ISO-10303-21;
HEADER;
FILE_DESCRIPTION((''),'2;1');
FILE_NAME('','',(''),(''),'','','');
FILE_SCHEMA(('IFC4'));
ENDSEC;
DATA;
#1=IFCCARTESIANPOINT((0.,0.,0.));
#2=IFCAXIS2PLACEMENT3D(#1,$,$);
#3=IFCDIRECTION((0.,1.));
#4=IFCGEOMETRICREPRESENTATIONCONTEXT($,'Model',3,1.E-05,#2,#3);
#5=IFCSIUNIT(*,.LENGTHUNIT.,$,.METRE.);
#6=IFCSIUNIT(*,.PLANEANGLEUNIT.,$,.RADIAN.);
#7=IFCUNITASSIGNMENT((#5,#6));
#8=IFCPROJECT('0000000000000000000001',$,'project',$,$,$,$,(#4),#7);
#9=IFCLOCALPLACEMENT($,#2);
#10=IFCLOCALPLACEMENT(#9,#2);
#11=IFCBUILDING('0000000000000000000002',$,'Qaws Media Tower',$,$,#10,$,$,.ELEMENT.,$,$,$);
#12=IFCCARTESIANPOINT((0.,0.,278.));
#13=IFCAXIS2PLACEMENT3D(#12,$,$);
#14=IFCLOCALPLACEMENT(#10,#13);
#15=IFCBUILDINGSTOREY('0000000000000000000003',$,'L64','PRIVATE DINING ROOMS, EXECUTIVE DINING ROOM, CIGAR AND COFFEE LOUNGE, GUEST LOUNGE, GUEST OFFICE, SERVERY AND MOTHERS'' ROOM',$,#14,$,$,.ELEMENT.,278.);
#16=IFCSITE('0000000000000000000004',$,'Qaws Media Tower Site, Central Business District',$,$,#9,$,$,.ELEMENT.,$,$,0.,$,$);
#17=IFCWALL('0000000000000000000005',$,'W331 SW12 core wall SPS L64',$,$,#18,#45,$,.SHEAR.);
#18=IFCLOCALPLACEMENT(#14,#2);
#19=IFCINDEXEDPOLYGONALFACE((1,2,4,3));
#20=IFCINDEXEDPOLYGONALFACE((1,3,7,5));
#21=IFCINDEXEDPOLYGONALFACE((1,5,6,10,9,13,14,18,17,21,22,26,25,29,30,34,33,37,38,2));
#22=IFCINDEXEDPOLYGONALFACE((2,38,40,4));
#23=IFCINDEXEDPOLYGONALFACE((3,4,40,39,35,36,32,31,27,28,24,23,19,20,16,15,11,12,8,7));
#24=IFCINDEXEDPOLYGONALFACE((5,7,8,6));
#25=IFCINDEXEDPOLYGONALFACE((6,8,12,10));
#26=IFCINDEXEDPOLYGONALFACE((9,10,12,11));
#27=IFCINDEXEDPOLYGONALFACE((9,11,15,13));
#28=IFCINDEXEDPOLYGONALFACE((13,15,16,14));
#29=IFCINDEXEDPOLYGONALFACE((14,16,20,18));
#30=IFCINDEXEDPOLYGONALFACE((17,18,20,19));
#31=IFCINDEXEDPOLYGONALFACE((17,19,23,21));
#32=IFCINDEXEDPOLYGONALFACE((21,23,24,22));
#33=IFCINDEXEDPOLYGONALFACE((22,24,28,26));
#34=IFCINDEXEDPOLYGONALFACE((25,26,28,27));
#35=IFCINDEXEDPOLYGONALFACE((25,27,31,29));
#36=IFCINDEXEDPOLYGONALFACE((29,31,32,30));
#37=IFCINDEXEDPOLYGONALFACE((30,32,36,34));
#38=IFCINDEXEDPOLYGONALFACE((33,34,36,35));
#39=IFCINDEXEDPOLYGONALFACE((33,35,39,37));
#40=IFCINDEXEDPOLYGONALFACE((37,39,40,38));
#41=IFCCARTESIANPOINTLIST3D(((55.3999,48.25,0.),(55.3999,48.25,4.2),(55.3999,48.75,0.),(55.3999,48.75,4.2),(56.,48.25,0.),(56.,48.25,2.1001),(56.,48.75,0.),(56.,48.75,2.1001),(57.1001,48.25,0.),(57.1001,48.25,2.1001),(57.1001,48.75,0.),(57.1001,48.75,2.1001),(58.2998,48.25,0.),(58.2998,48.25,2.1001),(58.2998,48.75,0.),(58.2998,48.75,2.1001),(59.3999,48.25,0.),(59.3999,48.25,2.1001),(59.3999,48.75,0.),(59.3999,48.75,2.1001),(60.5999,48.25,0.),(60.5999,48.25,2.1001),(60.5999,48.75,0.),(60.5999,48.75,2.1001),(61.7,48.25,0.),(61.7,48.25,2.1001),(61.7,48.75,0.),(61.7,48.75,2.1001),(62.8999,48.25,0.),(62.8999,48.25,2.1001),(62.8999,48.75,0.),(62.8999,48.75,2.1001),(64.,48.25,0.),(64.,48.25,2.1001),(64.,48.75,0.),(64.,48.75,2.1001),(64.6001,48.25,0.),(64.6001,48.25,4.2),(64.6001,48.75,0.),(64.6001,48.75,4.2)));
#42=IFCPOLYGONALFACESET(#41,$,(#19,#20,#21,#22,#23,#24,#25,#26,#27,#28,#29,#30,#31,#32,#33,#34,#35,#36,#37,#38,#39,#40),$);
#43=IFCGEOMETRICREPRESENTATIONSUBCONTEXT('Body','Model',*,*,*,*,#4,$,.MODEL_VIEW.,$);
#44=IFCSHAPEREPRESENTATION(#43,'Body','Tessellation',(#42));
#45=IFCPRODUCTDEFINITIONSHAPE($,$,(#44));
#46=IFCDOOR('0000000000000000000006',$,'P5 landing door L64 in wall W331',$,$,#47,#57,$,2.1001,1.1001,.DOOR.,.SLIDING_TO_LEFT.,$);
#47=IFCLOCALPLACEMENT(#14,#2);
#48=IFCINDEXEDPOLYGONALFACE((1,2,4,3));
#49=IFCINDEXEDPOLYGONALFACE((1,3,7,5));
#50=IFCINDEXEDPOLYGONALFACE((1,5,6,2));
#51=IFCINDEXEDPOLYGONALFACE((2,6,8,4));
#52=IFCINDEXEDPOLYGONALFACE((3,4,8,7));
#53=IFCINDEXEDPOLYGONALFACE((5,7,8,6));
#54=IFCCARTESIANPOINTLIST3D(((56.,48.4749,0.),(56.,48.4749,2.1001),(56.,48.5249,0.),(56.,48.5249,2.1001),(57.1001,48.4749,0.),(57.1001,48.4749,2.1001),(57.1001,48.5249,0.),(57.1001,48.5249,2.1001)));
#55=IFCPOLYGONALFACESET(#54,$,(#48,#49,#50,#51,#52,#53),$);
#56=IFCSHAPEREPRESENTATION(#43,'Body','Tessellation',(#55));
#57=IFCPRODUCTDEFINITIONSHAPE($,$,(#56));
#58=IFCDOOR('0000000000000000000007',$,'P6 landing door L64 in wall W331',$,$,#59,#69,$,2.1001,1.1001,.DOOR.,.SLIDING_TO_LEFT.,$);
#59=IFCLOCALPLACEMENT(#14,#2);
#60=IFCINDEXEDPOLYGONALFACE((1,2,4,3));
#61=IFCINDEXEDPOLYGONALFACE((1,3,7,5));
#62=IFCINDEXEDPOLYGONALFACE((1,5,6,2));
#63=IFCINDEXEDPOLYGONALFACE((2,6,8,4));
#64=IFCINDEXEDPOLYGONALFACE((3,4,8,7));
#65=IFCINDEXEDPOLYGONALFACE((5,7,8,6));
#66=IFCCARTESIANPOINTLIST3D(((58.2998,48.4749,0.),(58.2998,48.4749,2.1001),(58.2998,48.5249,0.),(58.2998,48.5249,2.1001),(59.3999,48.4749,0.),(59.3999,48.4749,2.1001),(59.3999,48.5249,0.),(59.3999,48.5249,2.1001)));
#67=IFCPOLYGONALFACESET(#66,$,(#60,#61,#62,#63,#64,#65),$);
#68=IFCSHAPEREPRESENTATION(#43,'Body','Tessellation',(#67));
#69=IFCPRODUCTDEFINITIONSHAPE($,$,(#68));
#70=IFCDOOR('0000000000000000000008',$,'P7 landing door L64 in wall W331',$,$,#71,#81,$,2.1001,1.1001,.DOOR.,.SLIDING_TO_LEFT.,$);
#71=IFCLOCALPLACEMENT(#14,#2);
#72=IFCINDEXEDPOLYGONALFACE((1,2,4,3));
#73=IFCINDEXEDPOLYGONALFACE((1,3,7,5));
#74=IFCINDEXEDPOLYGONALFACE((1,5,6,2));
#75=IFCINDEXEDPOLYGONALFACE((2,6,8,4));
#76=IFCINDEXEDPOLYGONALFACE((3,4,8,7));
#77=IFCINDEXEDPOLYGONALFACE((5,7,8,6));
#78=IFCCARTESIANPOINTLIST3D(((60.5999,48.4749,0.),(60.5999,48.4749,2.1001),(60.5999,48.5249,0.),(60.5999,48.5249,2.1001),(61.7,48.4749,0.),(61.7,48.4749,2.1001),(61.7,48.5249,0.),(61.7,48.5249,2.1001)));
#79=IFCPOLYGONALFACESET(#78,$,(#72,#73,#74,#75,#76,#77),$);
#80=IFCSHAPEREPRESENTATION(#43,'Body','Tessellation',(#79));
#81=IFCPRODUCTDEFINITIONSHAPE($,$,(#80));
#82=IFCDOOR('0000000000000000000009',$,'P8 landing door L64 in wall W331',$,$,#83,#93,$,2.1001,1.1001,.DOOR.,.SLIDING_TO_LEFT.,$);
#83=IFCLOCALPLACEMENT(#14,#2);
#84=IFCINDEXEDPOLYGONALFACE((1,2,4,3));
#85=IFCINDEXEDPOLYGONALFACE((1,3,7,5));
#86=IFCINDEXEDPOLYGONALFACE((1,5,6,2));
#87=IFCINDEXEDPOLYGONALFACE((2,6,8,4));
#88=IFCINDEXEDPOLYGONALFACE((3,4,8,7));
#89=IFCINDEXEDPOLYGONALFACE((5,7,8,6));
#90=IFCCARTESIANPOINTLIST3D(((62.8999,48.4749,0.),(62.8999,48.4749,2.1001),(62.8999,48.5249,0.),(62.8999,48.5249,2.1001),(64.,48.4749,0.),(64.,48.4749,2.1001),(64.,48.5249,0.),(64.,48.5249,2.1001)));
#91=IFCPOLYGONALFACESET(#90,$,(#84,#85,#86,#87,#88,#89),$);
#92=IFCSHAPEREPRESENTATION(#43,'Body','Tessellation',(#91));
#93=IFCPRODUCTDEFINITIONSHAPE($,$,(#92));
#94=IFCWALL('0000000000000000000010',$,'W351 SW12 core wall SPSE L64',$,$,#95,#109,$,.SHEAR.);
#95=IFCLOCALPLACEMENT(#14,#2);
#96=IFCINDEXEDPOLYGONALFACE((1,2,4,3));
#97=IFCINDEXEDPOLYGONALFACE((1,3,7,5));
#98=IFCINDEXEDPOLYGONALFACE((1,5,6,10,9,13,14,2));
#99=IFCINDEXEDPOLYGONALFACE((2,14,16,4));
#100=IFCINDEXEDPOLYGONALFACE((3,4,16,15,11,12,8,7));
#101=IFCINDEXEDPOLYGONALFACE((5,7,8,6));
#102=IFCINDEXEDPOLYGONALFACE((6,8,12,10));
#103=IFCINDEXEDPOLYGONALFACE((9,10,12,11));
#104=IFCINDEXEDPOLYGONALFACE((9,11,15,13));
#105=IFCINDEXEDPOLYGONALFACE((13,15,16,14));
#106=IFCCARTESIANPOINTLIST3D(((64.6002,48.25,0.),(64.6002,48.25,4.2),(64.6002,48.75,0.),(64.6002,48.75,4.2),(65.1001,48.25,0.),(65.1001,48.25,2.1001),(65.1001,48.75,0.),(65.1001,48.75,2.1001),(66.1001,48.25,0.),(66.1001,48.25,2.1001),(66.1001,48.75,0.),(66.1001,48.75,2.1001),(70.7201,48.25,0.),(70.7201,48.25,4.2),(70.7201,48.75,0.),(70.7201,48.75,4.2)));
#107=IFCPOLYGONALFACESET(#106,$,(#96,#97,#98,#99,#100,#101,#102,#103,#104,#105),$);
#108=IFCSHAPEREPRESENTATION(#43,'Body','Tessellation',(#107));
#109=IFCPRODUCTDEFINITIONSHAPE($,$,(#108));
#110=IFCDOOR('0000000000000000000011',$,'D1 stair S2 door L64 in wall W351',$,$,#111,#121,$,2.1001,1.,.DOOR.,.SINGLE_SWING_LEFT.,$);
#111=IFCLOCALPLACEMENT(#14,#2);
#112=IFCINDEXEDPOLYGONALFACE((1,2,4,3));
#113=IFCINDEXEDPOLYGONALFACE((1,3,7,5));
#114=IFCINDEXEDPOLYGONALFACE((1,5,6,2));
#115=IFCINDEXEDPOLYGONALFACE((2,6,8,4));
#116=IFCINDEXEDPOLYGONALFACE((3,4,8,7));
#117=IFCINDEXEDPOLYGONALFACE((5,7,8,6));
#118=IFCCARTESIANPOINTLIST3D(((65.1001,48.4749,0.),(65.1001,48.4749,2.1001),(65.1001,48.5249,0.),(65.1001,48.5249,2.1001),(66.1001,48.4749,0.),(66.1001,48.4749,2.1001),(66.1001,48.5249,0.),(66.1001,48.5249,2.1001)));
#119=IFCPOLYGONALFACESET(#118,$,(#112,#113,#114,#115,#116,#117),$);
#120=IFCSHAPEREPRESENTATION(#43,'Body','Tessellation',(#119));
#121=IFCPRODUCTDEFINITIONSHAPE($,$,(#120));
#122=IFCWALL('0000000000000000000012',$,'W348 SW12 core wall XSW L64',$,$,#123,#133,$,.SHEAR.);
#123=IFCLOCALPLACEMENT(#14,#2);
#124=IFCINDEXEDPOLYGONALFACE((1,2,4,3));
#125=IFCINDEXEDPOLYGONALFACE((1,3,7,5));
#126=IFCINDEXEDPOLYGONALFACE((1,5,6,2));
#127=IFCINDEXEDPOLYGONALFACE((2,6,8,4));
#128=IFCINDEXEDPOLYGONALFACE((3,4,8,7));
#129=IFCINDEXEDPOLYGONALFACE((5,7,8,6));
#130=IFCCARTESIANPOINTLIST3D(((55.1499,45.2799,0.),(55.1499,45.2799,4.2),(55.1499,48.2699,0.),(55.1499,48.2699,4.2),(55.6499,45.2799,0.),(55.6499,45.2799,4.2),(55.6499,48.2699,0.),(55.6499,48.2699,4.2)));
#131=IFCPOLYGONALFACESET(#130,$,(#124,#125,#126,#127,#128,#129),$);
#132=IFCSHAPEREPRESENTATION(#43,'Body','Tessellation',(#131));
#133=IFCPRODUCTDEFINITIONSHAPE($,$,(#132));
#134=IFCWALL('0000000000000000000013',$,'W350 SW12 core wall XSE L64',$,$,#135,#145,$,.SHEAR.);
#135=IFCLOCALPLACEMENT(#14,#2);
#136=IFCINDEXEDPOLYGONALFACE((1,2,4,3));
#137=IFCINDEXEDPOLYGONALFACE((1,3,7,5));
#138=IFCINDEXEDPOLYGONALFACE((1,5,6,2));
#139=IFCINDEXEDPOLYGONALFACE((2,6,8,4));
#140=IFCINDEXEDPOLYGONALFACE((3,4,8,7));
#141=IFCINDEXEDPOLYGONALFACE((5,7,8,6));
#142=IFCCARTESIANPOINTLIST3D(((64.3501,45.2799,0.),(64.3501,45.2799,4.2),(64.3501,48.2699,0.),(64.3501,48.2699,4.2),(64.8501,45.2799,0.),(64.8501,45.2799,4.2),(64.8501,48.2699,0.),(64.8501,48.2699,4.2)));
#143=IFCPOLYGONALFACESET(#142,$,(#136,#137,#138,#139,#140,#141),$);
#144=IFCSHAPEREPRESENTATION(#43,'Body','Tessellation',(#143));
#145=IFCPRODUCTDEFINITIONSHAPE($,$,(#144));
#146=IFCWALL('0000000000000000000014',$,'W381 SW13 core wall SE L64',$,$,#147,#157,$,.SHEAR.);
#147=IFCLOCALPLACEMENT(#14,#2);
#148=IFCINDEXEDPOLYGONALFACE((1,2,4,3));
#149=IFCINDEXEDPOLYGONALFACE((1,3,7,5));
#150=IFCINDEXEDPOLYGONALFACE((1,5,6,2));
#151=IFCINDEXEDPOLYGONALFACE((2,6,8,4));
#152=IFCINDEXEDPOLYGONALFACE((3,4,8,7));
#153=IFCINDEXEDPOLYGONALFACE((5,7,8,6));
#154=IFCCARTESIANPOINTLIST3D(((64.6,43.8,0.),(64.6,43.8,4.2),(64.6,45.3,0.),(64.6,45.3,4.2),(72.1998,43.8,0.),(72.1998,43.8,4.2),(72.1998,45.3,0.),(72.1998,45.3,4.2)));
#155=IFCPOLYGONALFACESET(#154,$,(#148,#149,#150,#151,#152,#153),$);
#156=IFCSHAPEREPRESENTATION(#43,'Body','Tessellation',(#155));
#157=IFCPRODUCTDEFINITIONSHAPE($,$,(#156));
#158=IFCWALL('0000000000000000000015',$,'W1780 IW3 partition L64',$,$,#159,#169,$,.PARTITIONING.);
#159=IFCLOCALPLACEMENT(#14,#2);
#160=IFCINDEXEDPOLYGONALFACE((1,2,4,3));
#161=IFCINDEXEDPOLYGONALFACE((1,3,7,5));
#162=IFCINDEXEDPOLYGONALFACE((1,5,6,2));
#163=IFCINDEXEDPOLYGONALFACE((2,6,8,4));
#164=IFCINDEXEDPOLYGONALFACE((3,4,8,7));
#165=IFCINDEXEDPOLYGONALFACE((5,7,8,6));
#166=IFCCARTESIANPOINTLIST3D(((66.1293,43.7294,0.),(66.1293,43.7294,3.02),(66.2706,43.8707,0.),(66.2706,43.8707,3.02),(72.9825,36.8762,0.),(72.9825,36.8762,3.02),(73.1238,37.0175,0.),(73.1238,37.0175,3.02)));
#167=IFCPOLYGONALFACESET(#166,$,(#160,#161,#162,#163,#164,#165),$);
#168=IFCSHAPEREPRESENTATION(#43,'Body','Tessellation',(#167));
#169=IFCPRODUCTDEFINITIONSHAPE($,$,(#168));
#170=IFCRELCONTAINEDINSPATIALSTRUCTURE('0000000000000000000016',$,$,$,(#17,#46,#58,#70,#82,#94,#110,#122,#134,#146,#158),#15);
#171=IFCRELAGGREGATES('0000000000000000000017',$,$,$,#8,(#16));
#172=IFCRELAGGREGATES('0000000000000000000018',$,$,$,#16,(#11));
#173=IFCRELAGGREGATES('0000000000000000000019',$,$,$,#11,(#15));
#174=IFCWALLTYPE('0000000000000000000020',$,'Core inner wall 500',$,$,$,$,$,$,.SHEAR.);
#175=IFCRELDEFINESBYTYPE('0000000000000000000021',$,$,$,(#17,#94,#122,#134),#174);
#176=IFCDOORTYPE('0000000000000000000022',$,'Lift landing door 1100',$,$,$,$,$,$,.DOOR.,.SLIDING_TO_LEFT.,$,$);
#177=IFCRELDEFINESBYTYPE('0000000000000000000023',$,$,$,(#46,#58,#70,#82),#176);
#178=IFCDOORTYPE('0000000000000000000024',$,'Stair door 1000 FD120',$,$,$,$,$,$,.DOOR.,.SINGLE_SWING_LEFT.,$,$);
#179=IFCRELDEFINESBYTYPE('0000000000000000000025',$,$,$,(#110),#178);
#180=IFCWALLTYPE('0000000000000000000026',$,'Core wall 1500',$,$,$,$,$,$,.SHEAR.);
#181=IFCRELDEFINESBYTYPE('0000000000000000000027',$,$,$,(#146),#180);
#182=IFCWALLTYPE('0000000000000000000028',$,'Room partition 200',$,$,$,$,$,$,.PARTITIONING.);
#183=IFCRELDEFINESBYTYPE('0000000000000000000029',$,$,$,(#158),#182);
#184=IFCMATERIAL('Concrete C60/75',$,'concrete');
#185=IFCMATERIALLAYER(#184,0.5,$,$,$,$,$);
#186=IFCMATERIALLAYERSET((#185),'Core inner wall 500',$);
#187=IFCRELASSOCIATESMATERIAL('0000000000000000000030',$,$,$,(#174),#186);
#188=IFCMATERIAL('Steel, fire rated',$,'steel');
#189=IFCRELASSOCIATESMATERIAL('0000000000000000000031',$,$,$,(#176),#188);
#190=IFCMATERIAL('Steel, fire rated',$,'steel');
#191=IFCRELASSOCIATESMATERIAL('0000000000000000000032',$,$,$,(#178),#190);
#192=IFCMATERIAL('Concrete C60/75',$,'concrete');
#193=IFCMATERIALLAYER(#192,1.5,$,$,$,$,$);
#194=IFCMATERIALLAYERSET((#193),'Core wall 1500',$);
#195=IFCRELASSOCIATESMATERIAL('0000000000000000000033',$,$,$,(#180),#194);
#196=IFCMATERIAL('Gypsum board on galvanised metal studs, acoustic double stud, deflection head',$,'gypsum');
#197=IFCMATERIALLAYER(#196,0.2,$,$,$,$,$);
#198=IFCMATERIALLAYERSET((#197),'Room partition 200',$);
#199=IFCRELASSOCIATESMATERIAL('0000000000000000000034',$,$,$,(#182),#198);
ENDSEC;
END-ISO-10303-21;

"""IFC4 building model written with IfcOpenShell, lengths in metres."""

from ifc_helpers import new_model, si_unit, direction, frame, frame_2d, origin, place, context, subcontext, project, spatial, rectangle, extrude, material, layer, layer_set, type_object, element, fill, save


model = new_model("IFC4")

# Units and contexts
model_context = context("Model", 3, precision=1e-05, world=origin(), true_north=direction((0.0, 1.0)))
body_context = subcontext(model_context, "Body", "Model", "MODEL_VIEW")
ifc_project = project(units=[si_unit("LENGTHUNIT", "METRE"), si_unit("PLANEANGLEUNIT", "RADIAN")], contexts=[model_context])

# Site, building, storey
site_placement = place(None, origin())
site = spatial("IfcSite", under=ifc_project, at=site_placement, Name="Qaws Media Tower Site, Central Business District", CompositionType="ELEMENT", RefElevation=0.0)
building_placement = place(site_placement, origin())
building = spatial("IfcBuilding", under=site, at=building_placement, Name="Qaws Media Tower", CompositionType="ELEMENT")
storey_placement = place(building_placement, frame((0.0, 0.0, 278.0)))
storey = spatial("IfcBuildingStorey", under=building, at=storey_placement, Name="L64", Description="PRIVATE DINING ROOMS, EXECUTIVE DINING ROOM, CIGAR AND COFFEE LOUNGE, GUEST LOUNGE, GUEST OFFICE, SERVERY AND MOTHERS' ROOM", CompositionType="ELEMENT", Elevation=278.0)

# Wall, openings, doors
ifc_material_1 = material(Name="Concrete C60/75", Category="concrete")
ifc_layer_1 = layer(ifc_material_1, 0.5)
ifc_layer_set_1 = layer_set([ifc_layer_1], Name="Core inner wall 500")
wall_type_1 = type_object("IfcWallType", Name="Core inner wall 500", PredefinedType="SHEAR", material=ifc_layer_set_1)
wall_1_placement = place(storey_placement, frame((55.3999, 48.5, 0.0), z_axis=(0.0, 0.0, 1.0), x_axis=(1.0, 0.0, 0.0)))
wall_1 = element("IfcWall", 1, at=wall_1_placement, inside=storey, type_object=wall_type_1, Name="W331 SW12 core wall SPS L64", PredefinedType="SHEAR", context=body_context, shape_type="SweptSolid", body=[
    extrude(rectangle(XDim=9.2002, YDim=0.5, at=frame_2d((4.6001, 0.0))), origin(), (0.0, 0.0, 1.0), 4.2),
])
opening_1_placement = place(wall_1_placement, frame((0.6001, 0.0, 0.0)))
opening_1 = element("IfcOpeningElement", 2, at=opening_1_placement, cuts=wall_1, PredefinedType="OPENING", context=body_context, shape_type="SweptSolid", body=[
    extrude(rectangle(XDim=1.1001, YDim=2.1001, at=frame_2d((0.55, 1.05))), frame((0.0, 0.26, 0.0), z_axis=(0.0, -1.0, 0.0), x_axis=(1.0, 0.0, 0.0)), (0.0, 0.0, 1.0), 0.52),
])
opening_2_placement = place(wall_1_placement, frame((2.8999, 0.0, 0.0)))
opening_2 = element("IfcOpeningElement", 3, at=opening_2_placement, cuts=wall_1, PredefinedType="OPENING", context=body_context, shape_type="SweptSolid", body=[
    extrude(rectangle(XDim=1.1001, YDim=2.1001, at=frame_2d((0.55, 1.05))), frame((0.0, 0.26, 0.0), z_axis=(0.0, -1.0, 0.0), x_axis=(1.0, 0.0, 0.0)), (0.0, 0.0, 1.0), 0.52),
])
opening_3_placement = place(wall_1_placement, frame((5.2, 0.0, 0.0)))
opening_3 = element("IfcOpeningElement", 4, at=opening_3_placement, cuts=wall_1, PredefinedType="OPENING", context=body_context, shape_type="SweptSolid", body=[
    extrude(rectangle(XDim=1.1001, YDim=2.1001, at=frame_2d((0.55, 1.05))), frame((0.0, 0.26, 0.0), z_axis=(0.0, -1.0, 0.0), x_axis=(1.0, 0.0, 0.0)), (0.0, 0.0, 1.0), 0.52),
])
opening_4_placement = place(wall_1_placement, frame((7.5, 0.0, 0.0)))
opening_4 = element("IfcOpeningElement", 5, at=opening_4_placement, cuts=wall_1, PredefinedType="OPENING", context=body_context, shape_type="SweptSolid", body=[
    extrude(rectangle(XDim=1.1001, YDim=2.1001, at=frame_2d((0.55, 1.05))), frame((0.0, 0.26, 0.0), z_axis=(0.0, -1.0, 0.0), x_axis=(1.0, 0.0, 0.0)), (0.0, 0.0, 1.0), 0.52),
])
ifc_material_2 = material(Name="Steel, fire rated", Category="steel")
door_type_1 = type_object("IfcDoorType", Name="Lift landing door 1100", OperationType="SLIDING_TO_LEFT", PredefinedType="DOOR", material=ifc_material_2)
door_1_placement = place(opening_1_placement, origin())
door_1 = element("IfcDoor", 6, at=door_1_placement, inside=storey, type_object=door_type_1, Name="P5 landing door L64 in wall W331", OperationType="SLIDING_TO_LEFT", OverallHeight=2.1001, OverallWidth=1.1001, PredefinedType="DOOR", context=body_context, shape_type="SweptSolid", body=[
    extrude(rectangle(XDim=1.1001, YDim=2.1001, at=frame_2d((0.55, 1.05))), frame((0.0, 0.0249, 0.0), z_axis=(0.0, -1.0, 0.0), x_axis=(1.0, 0.0, 0.0)), (0.0, 0.0, 1.0), 0.05),
])
fill(opening_1, door_1)
door_2_placement = place(opening_2_placement, origin())
door_2 = element("IfcDoor", 7, at=door_2_placement, inside=storey, type_object=door_type_1, Name="P6 landing door L64 in wall W331", OperationType="SLIDING_TO_LEFT", OverallHeight=2.1001, OverallWidth=1.1001, PredefinedType="DOOR", context=body_context, shape_type="SweptSolid", body=[
    extrude(rectangle(XDim=1.1001, YDim=2.1001, at=frame_2d((0.55, 1.05))), frame((0.0, 0.0249, 0.0), z_axis=(0.0, -1.0, 0.0), x_axis=(1.0, 0.0, 0.0)), (0.0, 0.0, 1.0), 0.05),
])
fill(opening_2, door_2)
door_3_placement = place(opening_3_placement, origin())
door_3 = element("IfcDoor", 8, at=door_3_placement, inside=storey, type_object=door_type_1, Name="P7 landing door L64 in wall W331", OperationType="SLIDING_TO_LEFT", OverallHeight=2.1001, OverallWidth=1.1001, PredefinedType="DOOR", context=body_context, shape_type="SweptSolid", body=[
    extrude(rectangle(XDim=1.1001, YDim=2.1001, at=frame_2d((0.55, 1.05))), frame((0.0, 0.0249, 0.0), z_axis=(0.0, -1.0, 0.0), x_axis=(1.0, 0.0, 0.0)), (0.0, 0.0, 1.0), 0.05),
])
fill(opening_3, door_3)
door_4_placement = place(opening_4_placement, origin())
door_4 = element("IfcDoor", 9, at=door_4_placement, inside=storey, type_object=door_type_1, Name="P8 landing door L64 in wall W331", OperationType="SLIDING_TO_LEFT", OverallHeight=2.1001, OverallWidth=1.1001, PredefinedType="DOOR", context=body_context, shape_type="SweptSolid", body=[
    extrude(rectangle(XDim=1.1001, YDim=2.1001, at=frame_2d((0.55, 1.05))), frame((0.0, 0.0249, 0.0), z_axis=(0.0, -1.0, 0.0), x_axis=(1.0, 0.0, 0.0)), (0.0, 0.0, 1.0), 0.05),
])
fill(opening_4, door_4)

# Wall, opening, door
wall_2_placement = place(storey_placement, frame((64.6001, 48.5, 0.0), z_axis=(0.0, 0.0, 1.0), x_axis=(1.0, 0.0, 0.0)))
wall_2 = element("IfcWall", 10, at=wall_2_placement, inside=storey, type_object=wall_type_1, Name="W351 SW12 core wall SPSE L64", PredefinedType="SHEAR", context=body_context, shape_type="SweptSolid", body=[
    extrude(rectangle(XDim=6.1199, YDim=0.5, at=frame_2d((3.0601, 0.0))), origin(), (0.0, 0.0, 1.0), 4.2),
])
opening_5_placement = place(wall_2_placement, frame((0.5, 0.0, 0.0)))
opening_5 = element("IfcOpeningElement", 11, at=opening_5_placement, cuts=wall_2, PredefinedType="OPENING", context=body_context, shape_type="SweptSolid", body=[
    extrude(rectangle(XDim=1.0, YDim=2.1001, at=frame_2d((0.5, 1.05))), frame((0.0, 0.26, 0.0), z_axis=(0.0, -1.0, 0.0), x_axis=(1.0, 0.0, 0.0)), (0.0, 0.0, 1.0), 0.52),
])
ifc_material_3 = material(Name="Steel, fire rated", Category="steel")
door_type_2 = type_object("IfcDoorType", Name="Stair door 1000 FD120", OperationType="SINGLE_SWING_LEFT", PredefinedType="DOOR", material=ifc_material_3)
door_5_placement = place(opening_5_placement, origin())
door_5 = element("IfcDoor", 12, at=door_5_placement, inside=storey, type_object=door_type_2, Name="D1 stair S2 door L64 in wall W351", OperationType="SINGLE_SWING_LEFT", OverallHeight=2.1001, OverallWidth=1.0, PredefinedType="DOOR", context=body_context, shape_type="SweptSolid", body=[
    extrude(rectangle(XDim=1.0, YDim=2.1001, at=frame_2d((0.5, 1.05))), frame((0.0, 0.0249, 0.0), z_axis=(0.0, -1.0, 0.0), x_axis=(1.0, 0.0, 0.0)), (0.0, 0.0, 1.0), 0.05),
])
fill(opening_5, door_5)

# Walls
for number, where, z_axis, x_axis, name in (
    (13, (55.3999, 48.27, 0.0), (0.0, 0.0, 1.0), (0.0, -1.0, 0.0), "W348 SW12 core wall XSW L64"),
    (14, (64.6001, 48.27, 0.0), (0.0, 0.0, 1.0), (0.0, -1.0, 0.0), "W350 SW12 core wall XSE L64"),
):
    element("IfcWall", number, at=place(storey_placement, frame(where, z_axis=z_axis, x_axis=x_axis)), inside=storey, type_object=wall_type_1, Name=name, PredefinedType="SHEAR", context=body_context, shape_type="SweptSolid", body=[
        extrude(rectangle(XDim=2.99, YDim=0.5, at=frame_2d((1.4951, 0.0))), origin(), (0.0, 0.0, 1.0), 4.2),
    ])
ifc_material_4 = material(Name="Concrete C60/75", Category="concrete")
ifc_layer_2 = layer(ifc_material_4, 1.5)
ifc_layer_set_2 = layer_set([ifc_layer_2], Name="Core wall 1500")
wall_type_2 = type_object("IfcWallType", Name="Core wall 1500", PredefinedType="SHEAR", material=ifc_layer_set_2)
wall_3_placement = place(storey_placement, frame((64.6001, 44.55, 0.0), z_axis=(0.0, 0.0, 1.0), x_axis=(1.0, 0.0, 0.0)))
element("IfcWall", 15, at=wall_3_placement, inside=storey, type_object=wall_type_2, Name="W381 SW13 core wall SE L64", PredefinedType="SHEAR", context=body_context, shape_type="SweptSolid", body=[
    extrude(rectangle(XDim=7.5999, YDim=1.5, at=frame_2d((3.7998, 0.0))), origin(), (0.0, 0.0, 1.0), 4.2),
])
ifc_material_5 = material(Name="Gypsum board on galvanised metal studs, acoustic double stud, deflection head", Category="gypsum")
ifc_layer_3 = layer(ifc_material_5, 0.2)
ifc_layer_set_3 = layer_set([ifc_layer_3], Name="Room partition 200")
wall_type_3 = type_object("IfcWallType", Name="Room partition 200", PredefinedType="PARTITIONING", material=ifc_layer_set_3)
wall_4_placement = place(storey_placement, frame((66.2, 43.8, 0.0), z_axis=(0.0, 0.0, 1.0), x_axis=(0.707107, -0.707107, 0.0)))
element("IfcWall", 16, at=wall_4_placement, inside=storey, type_object=wall_type_3, Name="W1780 IW3 partition L64", PredefinedType="PARTITIONING", context=body_context, shape_type="SweptSolid", body=[
    extrude(rectangle(XDim=9.6919, YDim=0.2, at=frame_2d((4.8459, 0.0))), origin(), (0.0, 0.0, 1.0), 3.02),
])

save(model, "model.ifc")
